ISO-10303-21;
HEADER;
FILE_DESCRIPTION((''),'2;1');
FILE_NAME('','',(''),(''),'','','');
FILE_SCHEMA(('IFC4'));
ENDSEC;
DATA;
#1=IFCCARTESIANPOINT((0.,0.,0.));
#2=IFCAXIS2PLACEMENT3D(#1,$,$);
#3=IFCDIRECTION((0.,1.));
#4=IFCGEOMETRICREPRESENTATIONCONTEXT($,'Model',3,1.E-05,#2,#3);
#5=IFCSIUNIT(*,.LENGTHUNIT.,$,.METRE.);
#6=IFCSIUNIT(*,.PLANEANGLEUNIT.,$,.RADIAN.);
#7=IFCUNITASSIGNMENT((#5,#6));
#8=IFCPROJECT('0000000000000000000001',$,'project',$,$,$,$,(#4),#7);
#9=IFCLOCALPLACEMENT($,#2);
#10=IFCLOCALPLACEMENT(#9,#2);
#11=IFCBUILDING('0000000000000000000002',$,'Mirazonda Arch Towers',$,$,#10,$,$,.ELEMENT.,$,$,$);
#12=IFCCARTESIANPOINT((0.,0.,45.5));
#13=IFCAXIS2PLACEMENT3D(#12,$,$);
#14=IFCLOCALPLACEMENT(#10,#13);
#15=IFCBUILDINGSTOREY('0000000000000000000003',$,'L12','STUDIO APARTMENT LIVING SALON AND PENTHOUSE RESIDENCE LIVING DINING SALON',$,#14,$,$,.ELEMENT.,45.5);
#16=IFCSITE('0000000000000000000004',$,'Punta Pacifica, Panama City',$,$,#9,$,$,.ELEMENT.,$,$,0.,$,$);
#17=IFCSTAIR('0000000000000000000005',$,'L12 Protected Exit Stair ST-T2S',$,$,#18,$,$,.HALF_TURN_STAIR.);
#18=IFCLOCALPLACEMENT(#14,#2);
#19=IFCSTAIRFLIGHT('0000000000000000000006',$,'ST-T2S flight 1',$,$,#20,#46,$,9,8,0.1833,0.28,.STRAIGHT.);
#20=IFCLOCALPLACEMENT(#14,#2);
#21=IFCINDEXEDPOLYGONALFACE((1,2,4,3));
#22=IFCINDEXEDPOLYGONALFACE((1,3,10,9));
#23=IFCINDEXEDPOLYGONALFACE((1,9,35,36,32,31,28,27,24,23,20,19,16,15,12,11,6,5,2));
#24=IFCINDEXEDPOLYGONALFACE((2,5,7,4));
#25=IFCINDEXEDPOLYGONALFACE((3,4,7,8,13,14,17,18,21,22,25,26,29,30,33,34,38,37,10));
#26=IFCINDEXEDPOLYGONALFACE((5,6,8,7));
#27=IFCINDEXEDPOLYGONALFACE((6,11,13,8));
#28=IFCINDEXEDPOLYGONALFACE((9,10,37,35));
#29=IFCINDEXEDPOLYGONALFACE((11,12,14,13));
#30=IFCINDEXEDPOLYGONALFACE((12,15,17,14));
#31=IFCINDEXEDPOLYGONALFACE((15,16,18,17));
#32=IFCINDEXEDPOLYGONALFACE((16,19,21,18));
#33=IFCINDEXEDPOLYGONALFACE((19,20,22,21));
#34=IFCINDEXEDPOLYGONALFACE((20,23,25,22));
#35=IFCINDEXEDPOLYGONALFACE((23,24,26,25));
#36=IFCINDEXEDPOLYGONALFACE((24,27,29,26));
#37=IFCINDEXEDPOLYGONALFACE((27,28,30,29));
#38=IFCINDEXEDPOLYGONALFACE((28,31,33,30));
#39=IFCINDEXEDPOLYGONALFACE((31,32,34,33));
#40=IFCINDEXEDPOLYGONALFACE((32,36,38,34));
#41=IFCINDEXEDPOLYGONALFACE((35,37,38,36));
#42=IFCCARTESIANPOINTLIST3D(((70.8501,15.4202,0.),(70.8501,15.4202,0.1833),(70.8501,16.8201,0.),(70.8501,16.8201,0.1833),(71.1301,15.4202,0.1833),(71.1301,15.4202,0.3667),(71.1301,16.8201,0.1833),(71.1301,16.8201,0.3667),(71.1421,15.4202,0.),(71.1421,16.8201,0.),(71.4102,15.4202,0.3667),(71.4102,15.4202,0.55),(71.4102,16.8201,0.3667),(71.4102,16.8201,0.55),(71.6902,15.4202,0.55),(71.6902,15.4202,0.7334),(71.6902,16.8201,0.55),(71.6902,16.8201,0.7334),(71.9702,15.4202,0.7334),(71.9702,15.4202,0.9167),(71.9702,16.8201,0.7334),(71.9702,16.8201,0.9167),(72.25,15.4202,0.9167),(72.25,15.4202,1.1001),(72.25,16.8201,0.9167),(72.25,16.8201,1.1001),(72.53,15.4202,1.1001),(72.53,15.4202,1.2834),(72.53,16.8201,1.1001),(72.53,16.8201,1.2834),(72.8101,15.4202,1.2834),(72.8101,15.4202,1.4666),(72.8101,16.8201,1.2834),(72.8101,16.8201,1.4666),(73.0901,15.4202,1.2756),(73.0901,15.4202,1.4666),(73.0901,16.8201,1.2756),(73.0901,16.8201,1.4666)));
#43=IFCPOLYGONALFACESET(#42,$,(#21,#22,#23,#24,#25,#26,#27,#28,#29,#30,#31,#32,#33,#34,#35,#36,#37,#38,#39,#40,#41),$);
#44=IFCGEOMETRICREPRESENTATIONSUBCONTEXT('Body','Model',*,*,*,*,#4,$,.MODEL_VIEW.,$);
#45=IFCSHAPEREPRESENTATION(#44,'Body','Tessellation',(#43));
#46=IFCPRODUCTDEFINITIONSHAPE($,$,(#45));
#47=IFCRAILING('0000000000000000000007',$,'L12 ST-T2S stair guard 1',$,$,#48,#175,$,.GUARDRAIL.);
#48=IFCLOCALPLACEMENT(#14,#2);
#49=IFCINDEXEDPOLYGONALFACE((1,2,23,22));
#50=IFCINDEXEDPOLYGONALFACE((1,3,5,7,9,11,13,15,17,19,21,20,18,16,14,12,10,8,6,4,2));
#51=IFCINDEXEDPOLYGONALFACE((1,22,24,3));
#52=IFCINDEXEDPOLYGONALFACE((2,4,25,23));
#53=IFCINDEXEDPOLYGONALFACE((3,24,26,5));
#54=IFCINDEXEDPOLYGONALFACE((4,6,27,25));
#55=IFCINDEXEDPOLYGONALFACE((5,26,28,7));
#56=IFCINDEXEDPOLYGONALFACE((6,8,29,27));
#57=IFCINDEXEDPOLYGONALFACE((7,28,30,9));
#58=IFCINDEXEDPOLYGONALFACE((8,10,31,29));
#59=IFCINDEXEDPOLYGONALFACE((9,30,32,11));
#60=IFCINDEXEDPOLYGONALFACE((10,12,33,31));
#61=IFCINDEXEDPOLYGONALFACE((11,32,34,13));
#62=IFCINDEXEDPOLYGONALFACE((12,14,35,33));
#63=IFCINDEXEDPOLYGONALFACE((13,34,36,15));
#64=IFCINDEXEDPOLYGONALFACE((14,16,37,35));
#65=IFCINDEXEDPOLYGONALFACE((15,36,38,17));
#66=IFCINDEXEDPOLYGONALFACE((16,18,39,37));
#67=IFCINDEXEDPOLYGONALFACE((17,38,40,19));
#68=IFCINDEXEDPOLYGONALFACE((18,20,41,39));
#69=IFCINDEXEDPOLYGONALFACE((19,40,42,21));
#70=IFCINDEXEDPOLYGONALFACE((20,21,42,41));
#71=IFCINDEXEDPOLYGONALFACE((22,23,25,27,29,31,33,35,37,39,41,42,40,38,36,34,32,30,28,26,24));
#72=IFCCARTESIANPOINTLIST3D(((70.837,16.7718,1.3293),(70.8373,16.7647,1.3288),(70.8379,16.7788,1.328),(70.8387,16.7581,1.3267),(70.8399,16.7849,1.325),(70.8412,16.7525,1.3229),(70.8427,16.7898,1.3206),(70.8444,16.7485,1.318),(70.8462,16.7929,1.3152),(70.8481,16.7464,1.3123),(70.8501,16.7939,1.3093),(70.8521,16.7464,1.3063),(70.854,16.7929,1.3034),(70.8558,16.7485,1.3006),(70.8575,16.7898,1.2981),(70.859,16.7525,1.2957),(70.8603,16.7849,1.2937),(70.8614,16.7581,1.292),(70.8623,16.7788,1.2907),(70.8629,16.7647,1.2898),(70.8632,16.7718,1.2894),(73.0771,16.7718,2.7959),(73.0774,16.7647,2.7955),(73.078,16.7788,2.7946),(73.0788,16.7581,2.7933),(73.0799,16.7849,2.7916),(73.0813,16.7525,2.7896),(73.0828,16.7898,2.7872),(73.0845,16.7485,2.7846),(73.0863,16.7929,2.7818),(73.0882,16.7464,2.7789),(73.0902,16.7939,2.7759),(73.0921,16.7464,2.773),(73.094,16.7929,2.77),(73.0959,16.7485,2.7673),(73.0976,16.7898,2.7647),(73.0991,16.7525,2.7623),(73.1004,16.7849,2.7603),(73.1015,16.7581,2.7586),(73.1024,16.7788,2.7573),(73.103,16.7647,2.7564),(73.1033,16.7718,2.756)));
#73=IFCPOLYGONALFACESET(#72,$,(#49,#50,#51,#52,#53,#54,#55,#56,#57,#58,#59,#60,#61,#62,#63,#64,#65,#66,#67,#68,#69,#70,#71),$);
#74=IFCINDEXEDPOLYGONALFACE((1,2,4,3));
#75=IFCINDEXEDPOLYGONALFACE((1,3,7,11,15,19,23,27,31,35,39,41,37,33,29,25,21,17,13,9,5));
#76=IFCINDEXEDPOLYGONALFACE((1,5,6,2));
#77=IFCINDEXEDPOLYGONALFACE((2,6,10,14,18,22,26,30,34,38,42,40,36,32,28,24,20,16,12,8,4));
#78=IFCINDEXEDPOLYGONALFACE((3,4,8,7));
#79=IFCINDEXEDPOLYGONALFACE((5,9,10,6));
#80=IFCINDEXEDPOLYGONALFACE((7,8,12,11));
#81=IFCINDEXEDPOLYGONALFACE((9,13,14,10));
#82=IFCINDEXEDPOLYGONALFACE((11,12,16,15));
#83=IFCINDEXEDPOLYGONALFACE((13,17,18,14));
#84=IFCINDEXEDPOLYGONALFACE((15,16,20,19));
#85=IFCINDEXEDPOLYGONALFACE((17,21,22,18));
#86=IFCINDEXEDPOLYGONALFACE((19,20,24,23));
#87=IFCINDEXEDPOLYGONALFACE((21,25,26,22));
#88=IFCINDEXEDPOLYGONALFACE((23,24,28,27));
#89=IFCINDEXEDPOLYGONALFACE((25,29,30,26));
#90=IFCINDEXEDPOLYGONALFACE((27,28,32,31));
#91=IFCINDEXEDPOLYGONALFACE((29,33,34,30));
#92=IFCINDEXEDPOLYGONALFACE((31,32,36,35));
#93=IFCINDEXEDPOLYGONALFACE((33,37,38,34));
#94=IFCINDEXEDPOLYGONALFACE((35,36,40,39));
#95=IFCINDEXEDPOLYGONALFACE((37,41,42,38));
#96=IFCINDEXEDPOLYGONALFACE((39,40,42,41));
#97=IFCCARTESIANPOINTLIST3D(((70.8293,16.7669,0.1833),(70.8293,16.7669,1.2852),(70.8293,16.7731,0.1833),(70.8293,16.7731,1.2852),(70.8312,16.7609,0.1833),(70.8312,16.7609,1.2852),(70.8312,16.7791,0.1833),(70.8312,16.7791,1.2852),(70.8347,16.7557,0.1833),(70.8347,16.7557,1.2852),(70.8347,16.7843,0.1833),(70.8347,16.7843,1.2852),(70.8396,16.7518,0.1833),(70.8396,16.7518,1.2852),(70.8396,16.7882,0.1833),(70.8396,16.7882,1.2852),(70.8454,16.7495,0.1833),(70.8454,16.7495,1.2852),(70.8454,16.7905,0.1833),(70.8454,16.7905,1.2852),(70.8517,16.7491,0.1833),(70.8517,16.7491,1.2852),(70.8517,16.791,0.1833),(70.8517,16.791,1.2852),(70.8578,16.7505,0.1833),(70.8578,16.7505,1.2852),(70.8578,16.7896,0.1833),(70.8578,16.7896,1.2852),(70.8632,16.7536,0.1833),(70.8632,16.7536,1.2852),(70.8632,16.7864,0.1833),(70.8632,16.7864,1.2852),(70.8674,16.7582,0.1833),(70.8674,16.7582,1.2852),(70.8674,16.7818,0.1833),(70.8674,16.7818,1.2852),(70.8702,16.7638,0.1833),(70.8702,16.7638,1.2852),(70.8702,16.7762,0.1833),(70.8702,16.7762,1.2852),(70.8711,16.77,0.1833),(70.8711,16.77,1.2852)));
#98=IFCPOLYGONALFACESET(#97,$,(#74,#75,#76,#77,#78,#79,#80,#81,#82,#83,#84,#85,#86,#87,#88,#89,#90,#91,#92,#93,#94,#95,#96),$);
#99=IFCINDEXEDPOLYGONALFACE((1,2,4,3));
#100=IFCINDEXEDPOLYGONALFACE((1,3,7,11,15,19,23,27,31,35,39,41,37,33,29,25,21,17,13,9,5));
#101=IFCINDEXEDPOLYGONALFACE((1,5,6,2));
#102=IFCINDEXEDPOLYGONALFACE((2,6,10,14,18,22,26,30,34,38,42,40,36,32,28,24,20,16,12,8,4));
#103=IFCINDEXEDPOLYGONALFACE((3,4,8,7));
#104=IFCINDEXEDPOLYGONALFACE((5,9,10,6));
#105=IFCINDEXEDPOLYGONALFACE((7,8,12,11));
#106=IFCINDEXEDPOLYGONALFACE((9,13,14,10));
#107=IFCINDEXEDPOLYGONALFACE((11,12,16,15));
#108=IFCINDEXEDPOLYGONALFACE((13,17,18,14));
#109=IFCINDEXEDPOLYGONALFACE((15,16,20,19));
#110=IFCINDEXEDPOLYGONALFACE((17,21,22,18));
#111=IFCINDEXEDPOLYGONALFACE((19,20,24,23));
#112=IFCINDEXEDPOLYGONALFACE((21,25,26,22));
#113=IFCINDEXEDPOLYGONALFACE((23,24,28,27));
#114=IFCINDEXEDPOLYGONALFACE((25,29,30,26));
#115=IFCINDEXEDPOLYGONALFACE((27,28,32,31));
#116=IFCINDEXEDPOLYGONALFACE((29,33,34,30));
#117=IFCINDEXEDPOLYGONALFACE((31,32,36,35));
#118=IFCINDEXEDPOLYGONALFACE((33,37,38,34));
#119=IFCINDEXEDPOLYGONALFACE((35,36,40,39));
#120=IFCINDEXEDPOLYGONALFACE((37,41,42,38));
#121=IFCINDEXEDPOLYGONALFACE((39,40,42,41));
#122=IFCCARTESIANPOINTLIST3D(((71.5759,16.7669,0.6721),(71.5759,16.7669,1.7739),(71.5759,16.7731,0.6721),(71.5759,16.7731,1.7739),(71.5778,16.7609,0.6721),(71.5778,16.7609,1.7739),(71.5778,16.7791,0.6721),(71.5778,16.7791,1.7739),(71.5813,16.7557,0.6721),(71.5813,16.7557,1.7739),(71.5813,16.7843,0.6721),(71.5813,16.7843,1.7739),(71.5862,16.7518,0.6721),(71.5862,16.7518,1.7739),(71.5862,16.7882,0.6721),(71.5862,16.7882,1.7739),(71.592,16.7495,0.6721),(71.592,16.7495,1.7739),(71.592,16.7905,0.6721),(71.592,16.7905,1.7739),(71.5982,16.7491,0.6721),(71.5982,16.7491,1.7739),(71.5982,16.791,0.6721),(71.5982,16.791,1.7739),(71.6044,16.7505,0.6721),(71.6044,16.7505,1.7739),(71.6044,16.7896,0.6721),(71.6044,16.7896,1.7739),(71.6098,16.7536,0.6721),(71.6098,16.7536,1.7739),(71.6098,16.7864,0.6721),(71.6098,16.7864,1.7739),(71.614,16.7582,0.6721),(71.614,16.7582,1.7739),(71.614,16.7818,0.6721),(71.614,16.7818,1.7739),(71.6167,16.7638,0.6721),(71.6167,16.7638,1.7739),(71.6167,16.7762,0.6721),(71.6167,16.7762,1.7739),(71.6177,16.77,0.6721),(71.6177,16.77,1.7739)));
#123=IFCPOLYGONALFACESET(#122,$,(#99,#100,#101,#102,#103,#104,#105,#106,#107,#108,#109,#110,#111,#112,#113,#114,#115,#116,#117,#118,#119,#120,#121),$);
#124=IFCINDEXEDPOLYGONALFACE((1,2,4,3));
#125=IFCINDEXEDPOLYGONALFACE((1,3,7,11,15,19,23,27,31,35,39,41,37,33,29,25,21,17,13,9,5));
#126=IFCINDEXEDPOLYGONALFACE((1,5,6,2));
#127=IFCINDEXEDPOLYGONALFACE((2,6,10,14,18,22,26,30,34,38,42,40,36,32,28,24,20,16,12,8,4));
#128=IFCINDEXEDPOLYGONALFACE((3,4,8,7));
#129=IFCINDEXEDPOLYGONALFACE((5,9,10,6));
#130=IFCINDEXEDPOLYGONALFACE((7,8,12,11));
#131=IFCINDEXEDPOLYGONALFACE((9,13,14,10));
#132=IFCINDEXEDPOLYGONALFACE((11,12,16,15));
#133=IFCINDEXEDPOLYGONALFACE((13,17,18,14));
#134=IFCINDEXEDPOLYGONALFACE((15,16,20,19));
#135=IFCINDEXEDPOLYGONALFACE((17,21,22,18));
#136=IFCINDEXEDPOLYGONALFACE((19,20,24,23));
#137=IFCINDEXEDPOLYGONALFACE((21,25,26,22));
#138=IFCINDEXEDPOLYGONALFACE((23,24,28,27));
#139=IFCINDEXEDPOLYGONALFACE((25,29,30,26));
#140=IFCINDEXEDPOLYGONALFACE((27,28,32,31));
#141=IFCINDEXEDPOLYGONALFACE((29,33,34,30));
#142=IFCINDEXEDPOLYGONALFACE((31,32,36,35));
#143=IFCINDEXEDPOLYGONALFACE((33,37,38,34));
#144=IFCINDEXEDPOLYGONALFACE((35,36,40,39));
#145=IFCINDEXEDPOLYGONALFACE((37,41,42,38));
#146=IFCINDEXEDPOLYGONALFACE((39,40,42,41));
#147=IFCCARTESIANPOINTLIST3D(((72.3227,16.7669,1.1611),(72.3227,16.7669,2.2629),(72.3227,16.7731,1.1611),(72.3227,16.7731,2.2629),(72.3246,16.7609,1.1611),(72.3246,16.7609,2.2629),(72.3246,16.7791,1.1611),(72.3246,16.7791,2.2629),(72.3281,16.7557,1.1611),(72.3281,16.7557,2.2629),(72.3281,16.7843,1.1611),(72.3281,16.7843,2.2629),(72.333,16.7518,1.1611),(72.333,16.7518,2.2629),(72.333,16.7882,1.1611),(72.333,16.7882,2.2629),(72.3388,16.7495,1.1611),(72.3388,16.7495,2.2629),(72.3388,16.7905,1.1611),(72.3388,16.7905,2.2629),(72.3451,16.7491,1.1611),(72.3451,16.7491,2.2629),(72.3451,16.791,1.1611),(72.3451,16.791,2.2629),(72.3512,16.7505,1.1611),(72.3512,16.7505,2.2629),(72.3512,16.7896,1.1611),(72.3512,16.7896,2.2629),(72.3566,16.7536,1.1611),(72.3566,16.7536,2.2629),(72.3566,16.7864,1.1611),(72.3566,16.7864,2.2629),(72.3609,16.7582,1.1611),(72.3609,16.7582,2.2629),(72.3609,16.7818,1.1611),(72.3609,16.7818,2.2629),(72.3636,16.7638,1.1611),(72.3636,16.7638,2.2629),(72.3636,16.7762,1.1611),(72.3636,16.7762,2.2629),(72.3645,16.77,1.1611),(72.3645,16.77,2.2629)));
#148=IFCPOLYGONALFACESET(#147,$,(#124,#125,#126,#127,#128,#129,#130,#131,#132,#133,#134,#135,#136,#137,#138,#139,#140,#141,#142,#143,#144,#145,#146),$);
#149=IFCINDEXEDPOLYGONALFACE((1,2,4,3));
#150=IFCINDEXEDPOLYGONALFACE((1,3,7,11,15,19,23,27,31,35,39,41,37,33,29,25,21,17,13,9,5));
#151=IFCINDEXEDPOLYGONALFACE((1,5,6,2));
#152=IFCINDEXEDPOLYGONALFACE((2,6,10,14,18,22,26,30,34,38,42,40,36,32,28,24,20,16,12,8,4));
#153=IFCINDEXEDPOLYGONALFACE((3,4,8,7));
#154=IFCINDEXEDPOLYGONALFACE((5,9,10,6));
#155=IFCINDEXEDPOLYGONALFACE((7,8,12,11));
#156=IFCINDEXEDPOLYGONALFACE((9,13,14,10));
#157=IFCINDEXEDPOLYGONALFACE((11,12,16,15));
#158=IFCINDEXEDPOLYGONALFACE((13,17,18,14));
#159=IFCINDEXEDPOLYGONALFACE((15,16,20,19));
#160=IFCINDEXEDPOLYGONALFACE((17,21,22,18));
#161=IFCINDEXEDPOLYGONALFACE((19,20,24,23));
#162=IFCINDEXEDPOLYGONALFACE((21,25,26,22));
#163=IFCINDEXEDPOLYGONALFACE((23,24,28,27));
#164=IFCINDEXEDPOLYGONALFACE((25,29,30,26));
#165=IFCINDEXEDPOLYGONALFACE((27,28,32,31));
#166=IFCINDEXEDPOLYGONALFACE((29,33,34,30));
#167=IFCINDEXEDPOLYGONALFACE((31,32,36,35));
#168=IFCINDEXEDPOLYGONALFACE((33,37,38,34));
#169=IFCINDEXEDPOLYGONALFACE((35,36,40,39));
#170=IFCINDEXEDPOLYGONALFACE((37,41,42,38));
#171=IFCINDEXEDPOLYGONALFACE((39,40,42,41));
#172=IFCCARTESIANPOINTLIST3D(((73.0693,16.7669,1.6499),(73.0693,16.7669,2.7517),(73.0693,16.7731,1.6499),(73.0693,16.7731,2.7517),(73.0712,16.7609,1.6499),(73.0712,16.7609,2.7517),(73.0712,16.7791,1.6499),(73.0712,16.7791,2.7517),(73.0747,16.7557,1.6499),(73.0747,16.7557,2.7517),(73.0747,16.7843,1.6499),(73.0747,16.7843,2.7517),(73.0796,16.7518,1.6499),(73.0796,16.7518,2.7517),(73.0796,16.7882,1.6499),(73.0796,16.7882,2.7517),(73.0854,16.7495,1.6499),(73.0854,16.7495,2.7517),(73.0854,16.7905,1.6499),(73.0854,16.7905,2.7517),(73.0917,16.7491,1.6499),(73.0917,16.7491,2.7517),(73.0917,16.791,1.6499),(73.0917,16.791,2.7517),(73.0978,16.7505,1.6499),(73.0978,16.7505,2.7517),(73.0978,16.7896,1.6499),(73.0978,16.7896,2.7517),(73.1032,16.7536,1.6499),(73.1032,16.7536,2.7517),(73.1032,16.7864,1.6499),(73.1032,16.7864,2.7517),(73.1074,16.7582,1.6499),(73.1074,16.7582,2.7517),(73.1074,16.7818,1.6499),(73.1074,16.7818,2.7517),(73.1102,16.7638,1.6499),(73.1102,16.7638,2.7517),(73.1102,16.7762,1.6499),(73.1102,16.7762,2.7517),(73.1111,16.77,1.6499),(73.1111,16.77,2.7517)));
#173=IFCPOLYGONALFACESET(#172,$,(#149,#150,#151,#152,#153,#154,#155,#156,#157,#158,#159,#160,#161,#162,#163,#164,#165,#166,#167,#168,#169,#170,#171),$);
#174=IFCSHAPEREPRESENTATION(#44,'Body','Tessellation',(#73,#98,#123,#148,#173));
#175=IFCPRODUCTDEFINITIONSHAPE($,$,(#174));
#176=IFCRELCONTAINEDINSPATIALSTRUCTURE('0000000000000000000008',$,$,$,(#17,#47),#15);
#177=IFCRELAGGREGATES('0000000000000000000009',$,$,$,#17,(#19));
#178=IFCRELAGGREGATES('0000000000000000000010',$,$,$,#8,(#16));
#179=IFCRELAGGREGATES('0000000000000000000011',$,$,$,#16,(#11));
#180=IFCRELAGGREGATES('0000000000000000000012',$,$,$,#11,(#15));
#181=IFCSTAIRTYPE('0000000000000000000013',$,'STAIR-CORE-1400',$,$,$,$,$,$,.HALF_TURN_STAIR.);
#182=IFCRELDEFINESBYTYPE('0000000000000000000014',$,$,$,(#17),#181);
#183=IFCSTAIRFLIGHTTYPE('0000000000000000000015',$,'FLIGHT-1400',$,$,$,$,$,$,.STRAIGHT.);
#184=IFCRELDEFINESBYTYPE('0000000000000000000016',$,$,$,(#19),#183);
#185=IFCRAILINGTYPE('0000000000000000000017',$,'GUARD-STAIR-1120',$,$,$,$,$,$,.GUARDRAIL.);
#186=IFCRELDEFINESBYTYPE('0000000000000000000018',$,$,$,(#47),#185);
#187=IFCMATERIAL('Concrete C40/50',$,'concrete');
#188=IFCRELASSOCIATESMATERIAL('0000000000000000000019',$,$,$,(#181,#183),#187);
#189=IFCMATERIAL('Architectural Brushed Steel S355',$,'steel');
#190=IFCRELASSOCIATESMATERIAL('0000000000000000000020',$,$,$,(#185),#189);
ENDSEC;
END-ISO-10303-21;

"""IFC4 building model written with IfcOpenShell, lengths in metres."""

from ifc_helpers import new_model, si_unit, direction, frame, origin, origin_2d, place, context, subcontext, project, spatial, polyline, circle, outline, extrude, material, type_object, element, aggregate, save


model = new_model("IFC4")

# Units and contexts
model_context = context("Model", 3, precision=1e-05, world=origin(), true_north=direction((0.0, 1.0)))
body_context = subcontext(model_context, "Body", "Model", "MODEL_VIEW")
ifc_project = project(units=[si_unit("LENGTHUNIT", "METRE"), si_unit("PLANEANGLEUNIT", "RADIAN")], contexts=[model_context])

# Site, building, storey
site_placement = place(None, origin())
site = spatial("IfcSite", under=ifc_project, at=site_placement, Name="Punta Pacifica, Panama City", CompositionType="ELEMENT", RefElevation=0.0)
building_placement = place(site_placement, origin())
building = spatial("IfcBuilding", under=site, at=building_placement, Name="Mirazonda Arch Towers", CompositionType="ELEMENT")
storey_placement = place(building_placement, frame((0.0, 0.0, 45.5)))
storey = spatial("IfcBuildingStorey", under=building, at=storey_placement, Name="L12", Description="STUDIO APARTMENT LIVING SALON AND PENTHOUSE RESIDENCE LIVING DINING SALON", CompositionType="ELEMENT", Elevation=45.5)

# Stair, stair flight
ifc_material_1 = material(Name="Concrete C40/50", Category="concrete")
stair_type = type_object("IfcStairType", Name="STAIR-CORE-1400", PredefinedType="HALF_TURN_STAIR", material=ifc_material_1)
stair_placement = place(storey_placement, origin())
stair = element("IfcStair", 1, at=stair_placement, inside=storey, type_object=stair_type, Name="L12 Protected Exit Stair ST-T2S", PredefinedType="HALF_TURN_STAIR")
stair_flight_type = type_object("IfcStairFlightType", Name="FLIGHT-1400", PredefinedType="STRAIGHT", material=ifc_material_1)
stair_flight_placement = place(storey_placement, frame((70.8501, 16.1201, 0.0), z_axis=(0.0, 0.0, 1.0), x_axis=(1.0, 0.0, 0.0)))
stair_flight = element("IfcStairFlight", 2, at=stair_flight_placement, type_object=stair_flight_type, Name="ST-T2S flight 1", NumberOfRisers=9, NumberOfTreads=8, PredefinedType="STRAIGHT", RiserHeight=0.1833, TreadLength=0.28, context=body_context, shape_type="SweptSolid", body=[
    extrude(outline(polyline([(0.0, 0.0), (0.0, 0.1833), (0.28, 0.1833), (0.28, 0.3667), (0.5601, 0.3667), (0.5601, 0.55), (0.8401, 0.55), (0.8401, 0.7334), (1.1201, 0.7334), (1.1201, 0.9167), (1.3999, 0.9167), (1.3999, 1.1001), (1.6799, 1.1001), (1.6799, 1.2834), (1.96, 1.2834), (1.96, 1.4666), (2.24, 1.4666), (2.24, 1.6499), (2.24, 1.2756), (0.292, 0.0), (0.0, 0.0)])), frame((0.0, 0.7, 0.0), z_axis=(0.0, -1.0, 0.0), x_axis=(1.0, 0.0, 0.0)), (0.0, 0.0, 1.0), 1.3999),
])
aggregate(stair, [stair_flight])

# Railing
ifc_material_2 = material(Name="Architectural Brushed Steel S355", Category="steel")
railing_type_1 = type_object("IfcRailingType", Name="GUARD-STAIR-1120", PredefinedType="GUARDRAIL", material=ifc_material_2)
railing_1_placement = place(storey_placement, frame((70.8501, 16.77, 0.1833)))
element("IfcRailing", 3, at=railing_1_placement, inside=storey, type_object=railing_type_1, Name="L12 ST-T2S stair guard 1", PredefinedType="GUARDRAIL", context=body_context, shape_type="SweptSolid", body=[
    extrude(circle(Radius=0.0239, at=origin_2d()), frame((0.0, 0.0, 1.126), z_axis=(0.836637, 0.0, 0.547758), x_axis=(0.0, 1.0, 0.0)), (0.0, 0.0, 1.0), 2.6775),
    extrude(circle(Radius=0.021, at=origin_2d()), origin(), (0.0, 0.0, 1.0), 1.1018),
    extrude(circle(Radius=0.021, at=origin_2d()), frame((0.7466, 0.0, 0.4888)), (0.0, 0.0, 1.0), 1.1018),
    extrude(circle(Radius=0.021, at=origin_2d()), frame((1.4934, 0.0, 0.9778)), (0.0, 0.0, 1.0), 1.1018),
    extrude(circle(Radius=0.021, at=origin_2d()), frame((2.24, 0.0, 1.4666)), (0.0, 0.0, 1.0), 1.1018),
])

save(model, "model.ifc")
